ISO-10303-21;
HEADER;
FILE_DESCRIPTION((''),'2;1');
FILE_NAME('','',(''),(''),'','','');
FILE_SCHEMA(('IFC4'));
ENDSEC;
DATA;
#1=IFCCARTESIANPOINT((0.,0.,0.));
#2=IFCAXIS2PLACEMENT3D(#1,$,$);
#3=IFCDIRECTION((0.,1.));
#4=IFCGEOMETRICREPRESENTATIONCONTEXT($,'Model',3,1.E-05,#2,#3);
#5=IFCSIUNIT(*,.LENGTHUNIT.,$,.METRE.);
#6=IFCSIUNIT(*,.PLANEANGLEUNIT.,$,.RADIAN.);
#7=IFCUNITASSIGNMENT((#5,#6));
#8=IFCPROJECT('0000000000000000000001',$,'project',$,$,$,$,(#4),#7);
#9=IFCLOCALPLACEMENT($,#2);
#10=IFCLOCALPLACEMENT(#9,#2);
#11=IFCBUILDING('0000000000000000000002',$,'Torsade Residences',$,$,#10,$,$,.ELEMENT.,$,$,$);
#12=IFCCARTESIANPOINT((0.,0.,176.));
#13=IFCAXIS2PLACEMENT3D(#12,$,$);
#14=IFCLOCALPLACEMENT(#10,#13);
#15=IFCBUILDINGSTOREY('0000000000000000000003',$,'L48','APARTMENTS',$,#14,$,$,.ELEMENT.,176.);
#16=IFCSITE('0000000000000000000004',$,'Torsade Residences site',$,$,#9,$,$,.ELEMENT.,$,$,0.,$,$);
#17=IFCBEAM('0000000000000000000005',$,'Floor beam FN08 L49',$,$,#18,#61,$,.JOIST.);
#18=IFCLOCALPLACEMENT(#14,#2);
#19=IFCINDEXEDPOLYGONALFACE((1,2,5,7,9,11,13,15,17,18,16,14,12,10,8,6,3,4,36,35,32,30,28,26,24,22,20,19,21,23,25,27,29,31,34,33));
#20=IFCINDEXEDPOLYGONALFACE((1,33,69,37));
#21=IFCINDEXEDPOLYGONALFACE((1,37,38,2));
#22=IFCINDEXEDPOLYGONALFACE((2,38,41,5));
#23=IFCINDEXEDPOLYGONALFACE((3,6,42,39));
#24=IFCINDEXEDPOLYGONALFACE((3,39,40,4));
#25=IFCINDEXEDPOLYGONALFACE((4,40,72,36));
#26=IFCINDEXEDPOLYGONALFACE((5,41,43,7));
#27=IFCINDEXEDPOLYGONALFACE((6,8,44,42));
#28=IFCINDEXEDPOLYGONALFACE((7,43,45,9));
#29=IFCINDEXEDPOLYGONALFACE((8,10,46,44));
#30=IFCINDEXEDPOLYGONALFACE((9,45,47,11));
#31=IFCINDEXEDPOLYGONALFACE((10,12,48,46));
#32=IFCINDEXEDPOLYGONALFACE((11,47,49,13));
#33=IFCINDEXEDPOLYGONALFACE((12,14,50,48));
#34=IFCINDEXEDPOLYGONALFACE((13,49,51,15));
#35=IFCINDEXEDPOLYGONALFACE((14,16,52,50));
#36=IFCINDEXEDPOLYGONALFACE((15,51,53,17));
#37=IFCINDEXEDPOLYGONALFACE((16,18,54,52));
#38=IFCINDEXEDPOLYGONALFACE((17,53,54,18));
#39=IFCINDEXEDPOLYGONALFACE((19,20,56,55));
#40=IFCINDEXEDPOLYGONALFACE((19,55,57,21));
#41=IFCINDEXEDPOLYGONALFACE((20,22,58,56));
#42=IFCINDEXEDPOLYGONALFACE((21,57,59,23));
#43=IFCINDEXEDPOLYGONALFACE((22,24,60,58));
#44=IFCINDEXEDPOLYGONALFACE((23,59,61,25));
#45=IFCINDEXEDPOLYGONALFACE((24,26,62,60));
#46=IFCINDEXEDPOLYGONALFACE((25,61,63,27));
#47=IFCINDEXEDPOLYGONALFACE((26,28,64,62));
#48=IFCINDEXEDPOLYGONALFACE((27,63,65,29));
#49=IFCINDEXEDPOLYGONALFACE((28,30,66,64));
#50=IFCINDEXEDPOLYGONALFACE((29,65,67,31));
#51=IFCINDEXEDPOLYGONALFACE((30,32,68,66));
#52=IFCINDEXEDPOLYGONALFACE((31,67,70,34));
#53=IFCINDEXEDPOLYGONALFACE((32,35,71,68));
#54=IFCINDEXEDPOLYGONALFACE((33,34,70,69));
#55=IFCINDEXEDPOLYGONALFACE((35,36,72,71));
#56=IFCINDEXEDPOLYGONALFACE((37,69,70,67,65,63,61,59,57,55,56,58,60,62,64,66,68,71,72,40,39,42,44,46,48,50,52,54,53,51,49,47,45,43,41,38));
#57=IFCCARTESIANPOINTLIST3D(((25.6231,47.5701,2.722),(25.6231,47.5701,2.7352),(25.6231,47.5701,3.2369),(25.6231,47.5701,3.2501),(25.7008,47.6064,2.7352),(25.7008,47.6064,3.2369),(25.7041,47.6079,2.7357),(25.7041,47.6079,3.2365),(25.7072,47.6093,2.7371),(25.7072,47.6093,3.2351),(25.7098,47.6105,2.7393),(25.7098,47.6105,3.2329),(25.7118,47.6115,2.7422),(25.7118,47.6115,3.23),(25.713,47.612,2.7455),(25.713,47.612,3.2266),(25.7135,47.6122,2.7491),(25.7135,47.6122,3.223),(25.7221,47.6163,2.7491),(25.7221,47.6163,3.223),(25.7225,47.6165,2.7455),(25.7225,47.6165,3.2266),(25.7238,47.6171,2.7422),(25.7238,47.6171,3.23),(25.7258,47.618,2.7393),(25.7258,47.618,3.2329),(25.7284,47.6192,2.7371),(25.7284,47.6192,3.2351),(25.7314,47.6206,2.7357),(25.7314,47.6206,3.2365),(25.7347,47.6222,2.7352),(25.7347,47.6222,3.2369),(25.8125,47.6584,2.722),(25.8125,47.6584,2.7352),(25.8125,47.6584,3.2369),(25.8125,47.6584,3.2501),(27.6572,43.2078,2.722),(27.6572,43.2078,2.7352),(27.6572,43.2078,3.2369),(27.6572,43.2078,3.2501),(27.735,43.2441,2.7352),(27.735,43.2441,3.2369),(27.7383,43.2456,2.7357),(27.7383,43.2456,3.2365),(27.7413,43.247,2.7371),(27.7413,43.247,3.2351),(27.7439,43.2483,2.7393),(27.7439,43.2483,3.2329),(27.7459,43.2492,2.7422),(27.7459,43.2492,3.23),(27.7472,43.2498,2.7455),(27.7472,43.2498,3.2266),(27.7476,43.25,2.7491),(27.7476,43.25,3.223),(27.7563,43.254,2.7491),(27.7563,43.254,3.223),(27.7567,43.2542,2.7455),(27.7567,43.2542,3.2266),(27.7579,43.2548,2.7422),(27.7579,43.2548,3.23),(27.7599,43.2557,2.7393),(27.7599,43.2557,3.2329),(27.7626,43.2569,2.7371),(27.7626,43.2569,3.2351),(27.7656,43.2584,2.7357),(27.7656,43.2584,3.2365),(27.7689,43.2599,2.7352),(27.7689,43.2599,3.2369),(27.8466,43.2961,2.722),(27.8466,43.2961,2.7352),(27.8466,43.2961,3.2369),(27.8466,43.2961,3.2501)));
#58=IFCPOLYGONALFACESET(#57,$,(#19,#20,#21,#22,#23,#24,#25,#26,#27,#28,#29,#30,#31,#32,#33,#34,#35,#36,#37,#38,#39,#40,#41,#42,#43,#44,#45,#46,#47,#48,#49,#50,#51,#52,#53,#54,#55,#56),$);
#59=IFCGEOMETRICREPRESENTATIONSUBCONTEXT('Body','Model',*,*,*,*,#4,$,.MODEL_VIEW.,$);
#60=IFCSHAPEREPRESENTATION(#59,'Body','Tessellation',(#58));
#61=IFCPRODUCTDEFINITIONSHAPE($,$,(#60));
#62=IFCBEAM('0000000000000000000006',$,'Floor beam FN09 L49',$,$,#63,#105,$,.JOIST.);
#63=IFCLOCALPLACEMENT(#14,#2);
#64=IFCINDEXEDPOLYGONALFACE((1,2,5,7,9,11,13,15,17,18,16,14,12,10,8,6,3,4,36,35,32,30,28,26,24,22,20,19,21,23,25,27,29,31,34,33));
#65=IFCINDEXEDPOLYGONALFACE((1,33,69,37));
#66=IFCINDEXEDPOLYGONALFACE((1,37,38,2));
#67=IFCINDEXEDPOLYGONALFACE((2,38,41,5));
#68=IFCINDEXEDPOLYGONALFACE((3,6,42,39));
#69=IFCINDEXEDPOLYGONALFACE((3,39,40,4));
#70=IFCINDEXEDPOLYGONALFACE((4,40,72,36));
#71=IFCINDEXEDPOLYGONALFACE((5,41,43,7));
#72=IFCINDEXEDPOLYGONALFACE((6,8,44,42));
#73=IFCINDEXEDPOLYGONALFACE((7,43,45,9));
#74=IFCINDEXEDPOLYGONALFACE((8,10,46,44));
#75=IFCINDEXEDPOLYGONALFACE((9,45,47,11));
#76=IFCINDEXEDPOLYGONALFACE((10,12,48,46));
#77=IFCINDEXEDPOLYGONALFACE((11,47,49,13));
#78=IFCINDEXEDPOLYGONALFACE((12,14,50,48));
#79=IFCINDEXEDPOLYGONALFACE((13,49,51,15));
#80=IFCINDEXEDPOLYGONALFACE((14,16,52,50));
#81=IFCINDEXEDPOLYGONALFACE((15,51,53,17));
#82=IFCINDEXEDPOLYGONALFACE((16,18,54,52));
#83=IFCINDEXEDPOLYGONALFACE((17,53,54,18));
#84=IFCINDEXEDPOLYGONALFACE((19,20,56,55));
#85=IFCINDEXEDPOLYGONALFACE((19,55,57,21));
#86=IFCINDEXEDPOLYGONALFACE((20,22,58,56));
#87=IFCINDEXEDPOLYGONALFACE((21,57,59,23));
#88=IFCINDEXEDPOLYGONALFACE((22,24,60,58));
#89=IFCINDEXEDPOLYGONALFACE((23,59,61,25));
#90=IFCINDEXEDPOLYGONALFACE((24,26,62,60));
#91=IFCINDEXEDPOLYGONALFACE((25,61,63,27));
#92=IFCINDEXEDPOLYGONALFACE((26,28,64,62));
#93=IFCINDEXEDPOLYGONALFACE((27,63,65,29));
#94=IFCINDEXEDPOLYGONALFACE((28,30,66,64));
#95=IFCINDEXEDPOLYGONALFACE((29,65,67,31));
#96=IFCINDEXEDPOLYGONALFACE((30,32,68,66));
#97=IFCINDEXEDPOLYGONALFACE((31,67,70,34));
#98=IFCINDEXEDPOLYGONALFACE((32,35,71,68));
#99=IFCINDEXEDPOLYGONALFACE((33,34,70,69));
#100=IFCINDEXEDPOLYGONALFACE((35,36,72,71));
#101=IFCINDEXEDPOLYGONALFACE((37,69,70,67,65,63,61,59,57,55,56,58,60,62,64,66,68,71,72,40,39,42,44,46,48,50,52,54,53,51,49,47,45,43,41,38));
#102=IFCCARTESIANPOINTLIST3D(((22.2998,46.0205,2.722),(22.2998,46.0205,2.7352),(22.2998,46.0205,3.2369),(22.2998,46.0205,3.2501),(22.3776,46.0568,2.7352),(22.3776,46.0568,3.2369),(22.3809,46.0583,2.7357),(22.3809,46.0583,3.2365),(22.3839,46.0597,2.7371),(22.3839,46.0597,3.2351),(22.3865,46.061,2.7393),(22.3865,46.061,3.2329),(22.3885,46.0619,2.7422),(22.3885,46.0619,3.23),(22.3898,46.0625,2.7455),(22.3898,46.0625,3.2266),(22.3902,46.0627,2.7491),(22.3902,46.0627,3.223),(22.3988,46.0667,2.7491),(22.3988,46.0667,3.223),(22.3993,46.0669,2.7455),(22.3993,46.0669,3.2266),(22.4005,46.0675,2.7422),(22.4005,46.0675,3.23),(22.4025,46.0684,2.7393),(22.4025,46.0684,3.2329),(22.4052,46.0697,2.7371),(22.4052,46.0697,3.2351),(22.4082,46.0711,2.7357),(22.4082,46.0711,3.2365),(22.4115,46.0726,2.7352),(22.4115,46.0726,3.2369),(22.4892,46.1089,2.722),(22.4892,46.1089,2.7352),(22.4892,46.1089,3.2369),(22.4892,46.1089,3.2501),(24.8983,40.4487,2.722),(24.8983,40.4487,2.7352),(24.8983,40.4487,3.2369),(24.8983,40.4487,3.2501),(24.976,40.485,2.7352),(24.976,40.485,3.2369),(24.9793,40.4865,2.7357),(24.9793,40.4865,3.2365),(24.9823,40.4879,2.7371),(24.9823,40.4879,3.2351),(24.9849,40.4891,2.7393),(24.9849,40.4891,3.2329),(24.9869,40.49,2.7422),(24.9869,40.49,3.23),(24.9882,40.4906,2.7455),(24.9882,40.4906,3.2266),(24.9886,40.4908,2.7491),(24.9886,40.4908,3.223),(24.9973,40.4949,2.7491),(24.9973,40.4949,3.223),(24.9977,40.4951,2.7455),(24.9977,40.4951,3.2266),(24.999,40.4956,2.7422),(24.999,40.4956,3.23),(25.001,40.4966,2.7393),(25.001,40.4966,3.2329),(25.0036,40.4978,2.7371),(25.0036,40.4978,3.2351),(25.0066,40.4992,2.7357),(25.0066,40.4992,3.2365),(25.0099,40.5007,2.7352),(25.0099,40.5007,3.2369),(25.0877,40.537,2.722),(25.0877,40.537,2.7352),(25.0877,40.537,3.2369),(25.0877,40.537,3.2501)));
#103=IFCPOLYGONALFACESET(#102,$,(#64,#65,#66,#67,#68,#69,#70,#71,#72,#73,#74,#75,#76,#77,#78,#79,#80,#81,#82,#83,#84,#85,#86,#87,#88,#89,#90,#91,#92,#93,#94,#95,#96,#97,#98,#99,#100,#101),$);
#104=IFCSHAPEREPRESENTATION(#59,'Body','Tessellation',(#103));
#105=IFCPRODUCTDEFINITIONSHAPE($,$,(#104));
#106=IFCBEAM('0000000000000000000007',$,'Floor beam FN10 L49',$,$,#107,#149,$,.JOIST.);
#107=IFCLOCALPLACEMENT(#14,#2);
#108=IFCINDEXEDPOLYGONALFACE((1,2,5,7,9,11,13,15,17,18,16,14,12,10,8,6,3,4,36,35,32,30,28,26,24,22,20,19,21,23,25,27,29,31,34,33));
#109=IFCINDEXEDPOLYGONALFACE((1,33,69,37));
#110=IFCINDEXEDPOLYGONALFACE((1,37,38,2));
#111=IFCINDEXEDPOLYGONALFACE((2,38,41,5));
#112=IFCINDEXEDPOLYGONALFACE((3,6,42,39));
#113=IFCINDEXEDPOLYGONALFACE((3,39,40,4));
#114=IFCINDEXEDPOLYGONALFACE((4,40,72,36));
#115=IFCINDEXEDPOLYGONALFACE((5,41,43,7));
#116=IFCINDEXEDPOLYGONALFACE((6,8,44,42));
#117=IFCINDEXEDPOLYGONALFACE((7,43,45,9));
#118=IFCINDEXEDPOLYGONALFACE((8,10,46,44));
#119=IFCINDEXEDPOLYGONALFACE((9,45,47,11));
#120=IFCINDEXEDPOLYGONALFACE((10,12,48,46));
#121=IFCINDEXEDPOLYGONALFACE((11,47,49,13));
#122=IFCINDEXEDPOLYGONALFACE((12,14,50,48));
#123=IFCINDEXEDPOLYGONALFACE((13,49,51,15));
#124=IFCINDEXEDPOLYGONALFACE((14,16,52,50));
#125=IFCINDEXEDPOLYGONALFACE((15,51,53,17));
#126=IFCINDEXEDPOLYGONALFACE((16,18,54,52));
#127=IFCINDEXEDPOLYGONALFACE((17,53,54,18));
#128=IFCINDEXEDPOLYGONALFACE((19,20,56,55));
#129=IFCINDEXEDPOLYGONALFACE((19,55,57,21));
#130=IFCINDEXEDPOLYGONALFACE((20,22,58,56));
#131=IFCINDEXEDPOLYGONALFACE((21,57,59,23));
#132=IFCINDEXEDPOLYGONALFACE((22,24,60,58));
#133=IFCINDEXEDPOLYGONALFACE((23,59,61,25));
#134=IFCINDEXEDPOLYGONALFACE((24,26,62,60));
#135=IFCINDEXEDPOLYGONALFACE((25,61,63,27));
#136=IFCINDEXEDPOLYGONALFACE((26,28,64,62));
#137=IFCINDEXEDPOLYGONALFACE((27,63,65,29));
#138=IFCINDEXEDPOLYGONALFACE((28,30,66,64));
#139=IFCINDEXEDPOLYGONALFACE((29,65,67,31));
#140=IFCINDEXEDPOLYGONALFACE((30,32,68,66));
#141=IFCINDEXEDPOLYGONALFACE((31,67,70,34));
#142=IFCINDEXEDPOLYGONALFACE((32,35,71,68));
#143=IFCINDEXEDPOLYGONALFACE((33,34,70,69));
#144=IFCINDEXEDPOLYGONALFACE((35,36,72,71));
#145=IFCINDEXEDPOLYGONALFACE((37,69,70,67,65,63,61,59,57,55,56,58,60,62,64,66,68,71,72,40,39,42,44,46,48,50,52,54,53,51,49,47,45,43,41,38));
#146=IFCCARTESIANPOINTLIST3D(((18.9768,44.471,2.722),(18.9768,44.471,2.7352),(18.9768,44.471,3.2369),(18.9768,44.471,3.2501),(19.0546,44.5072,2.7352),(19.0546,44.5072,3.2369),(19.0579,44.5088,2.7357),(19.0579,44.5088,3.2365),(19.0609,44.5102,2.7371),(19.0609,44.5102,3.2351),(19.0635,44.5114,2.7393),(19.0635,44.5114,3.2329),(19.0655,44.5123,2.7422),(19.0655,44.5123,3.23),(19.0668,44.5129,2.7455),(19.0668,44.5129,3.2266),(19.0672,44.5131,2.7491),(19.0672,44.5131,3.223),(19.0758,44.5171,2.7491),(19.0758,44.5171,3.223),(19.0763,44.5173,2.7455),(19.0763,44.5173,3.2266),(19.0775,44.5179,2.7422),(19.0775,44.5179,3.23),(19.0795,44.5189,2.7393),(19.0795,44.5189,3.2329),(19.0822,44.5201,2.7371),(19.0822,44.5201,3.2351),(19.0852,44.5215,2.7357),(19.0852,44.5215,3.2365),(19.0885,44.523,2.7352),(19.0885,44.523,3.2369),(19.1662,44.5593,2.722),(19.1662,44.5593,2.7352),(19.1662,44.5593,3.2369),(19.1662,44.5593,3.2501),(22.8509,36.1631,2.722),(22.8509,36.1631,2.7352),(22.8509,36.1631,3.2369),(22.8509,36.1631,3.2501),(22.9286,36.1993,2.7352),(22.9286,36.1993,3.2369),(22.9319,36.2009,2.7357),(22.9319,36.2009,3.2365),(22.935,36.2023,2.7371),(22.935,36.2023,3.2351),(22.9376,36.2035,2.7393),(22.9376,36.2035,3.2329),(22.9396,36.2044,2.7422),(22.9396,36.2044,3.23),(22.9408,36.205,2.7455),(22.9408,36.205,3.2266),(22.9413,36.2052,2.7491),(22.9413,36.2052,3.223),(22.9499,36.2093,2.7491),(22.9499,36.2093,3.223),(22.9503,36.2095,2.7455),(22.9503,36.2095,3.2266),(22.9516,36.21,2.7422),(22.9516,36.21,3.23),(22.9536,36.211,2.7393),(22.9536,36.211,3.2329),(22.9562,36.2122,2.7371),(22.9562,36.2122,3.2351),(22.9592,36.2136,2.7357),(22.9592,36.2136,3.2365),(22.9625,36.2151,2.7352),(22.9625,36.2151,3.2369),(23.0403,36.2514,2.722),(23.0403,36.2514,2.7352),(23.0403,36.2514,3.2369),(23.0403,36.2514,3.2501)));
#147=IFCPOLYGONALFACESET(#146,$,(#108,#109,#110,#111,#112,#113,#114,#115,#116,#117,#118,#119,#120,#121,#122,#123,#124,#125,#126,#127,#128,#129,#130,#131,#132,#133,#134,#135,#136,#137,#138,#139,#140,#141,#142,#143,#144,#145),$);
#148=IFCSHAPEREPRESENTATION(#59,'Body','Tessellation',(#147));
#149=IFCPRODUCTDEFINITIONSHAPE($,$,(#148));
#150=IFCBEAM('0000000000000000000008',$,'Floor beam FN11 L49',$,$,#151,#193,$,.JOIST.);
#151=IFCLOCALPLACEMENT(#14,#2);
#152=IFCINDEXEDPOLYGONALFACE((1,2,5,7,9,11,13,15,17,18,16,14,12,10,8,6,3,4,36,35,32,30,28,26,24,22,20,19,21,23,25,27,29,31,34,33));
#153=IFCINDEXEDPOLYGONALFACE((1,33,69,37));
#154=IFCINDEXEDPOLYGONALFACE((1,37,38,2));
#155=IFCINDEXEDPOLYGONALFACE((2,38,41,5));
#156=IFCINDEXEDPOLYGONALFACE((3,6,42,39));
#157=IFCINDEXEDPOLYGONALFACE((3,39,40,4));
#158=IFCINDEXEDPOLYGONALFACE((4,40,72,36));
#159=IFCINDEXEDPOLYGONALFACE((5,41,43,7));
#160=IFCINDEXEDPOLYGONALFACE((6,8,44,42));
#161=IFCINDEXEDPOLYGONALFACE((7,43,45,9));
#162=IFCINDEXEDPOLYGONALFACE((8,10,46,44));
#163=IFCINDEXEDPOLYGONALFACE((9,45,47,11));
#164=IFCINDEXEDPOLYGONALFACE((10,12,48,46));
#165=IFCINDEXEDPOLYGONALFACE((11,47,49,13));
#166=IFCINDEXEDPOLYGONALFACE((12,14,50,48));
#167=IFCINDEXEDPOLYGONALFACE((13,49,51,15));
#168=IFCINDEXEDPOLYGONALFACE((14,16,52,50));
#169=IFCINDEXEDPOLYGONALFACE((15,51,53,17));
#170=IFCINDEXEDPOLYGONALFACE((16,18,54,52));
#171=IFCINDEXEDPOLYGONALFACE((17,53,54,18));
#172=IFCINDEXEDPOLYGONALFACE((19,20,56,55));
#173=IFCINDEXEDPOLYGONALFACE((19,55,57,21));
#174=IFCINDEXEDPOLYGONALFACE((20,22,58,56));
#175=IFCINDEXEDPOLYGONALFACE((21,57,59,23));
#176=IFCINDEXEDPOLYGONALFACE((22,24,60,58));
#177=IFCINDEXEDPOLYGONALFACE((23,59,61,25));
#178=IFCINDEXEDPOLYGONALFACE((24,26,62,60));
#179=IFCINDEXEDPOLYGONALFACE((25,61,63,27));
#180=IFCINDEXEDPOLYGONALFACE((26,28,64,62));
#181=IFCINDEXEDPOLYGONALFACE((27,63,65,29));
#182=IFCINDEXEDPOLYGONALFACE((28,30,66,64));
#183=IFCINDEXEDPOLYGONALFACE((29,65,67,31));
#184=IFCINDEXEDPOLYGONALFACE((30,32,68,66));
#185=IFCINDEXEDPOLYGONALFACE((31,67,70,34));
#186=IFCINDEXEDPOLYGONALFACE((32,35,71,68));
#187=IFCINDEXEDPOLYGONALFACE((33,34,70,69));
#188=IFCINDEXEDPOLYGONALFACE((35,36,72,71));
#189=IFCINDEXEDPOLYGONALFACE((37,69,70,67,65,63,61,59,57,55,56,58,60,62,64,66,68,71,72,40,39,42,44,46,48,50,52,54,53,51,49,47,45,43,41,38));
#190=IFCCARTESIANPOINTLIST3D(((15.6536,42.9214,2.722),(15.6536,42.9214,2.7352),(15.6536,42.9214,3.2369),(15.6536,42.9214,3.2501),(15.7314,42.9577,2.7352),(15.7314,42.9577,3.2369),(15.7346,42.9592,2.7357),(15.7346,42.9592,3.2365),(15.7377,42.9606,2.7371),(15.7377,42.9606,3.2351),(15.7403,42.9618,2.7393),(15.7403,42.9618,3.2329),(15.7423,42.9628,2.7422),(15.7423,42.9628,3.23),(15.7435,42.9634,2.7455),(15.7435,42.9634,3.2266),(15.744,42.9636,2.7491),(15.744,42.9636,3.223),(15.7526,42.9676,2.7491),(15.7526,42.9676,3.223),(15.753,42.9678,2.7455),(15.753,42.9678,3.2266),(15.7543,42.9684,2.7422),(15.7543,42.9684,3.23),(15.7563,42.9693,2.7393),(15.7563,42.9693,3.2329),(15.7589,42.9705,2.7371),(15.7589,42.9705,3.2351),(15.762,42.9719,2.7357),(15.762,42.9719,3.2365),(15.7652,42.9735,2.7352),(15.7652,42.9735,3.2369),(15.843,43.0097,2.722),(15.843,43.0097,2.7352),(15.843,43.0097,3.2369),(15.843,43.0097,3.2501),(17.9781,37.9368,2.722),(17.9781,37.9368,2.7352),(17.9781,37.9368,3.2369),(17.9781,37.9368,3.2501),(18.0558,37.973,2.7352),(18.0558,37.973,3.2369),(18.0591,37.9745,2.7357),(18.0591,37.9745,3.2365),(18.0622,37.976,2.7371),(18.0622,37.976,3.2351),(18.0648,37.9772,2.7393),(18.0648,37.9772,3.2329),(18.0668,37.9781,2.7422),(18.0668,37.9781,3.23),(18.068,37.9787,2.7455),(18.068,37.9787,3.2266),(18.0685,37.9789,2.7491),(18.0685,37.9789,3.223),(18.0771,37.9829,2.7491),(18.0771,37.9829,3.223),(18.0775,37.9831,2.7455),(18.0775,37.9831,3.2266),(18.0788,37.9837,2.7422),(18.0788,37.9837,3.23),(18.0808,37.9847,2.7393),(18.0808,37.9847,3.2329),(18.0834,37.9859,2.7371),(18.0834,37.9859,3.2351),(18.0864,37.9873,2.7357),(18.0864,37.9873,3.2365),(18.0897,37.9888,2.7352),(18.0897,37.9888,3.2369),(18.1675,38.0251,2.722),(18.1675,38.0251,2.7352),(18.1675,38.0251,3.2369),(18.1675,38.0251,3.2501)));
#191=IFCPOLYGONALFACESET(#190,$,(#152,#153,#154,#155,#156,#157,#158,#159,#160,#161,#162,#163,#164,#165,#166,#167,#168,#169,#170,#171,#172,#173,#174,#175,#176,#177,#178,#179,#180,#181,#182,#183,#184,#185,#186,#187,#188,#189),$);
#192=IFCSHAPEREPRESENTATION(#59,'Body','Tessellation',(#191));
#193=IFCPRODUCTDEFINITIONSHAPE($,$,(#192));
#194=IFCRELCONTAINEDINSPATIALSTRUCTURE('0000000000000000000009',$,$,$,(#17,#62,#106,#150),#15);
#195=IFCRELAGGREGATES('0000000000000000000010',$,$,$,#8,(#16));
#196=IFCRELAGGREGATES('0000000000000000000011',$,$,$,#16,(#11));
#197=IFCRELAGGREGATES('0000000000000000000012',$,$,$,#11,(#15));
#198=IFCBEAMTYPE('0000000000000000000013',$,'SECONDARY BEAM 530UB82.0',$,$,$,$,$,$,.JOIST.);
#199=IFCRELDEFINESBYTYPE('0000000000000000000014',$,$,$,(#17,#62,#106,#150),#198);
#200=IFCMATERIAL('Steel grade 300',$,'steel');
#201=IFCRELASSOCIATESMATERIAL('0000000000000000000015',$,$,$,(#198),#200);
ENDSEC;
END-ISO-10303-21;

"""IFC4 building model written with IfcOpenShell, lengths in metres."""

from ifc_helpers import new_model, si_unit, direction, frame, origin, origin_2d, place, context, subcontext, project, spatial, i_section, extrude, material, material_profile, profile_set, type_object, element, save


model = new_model("IFC4")

# Units and contexts
model_context = context("Model", 3, precision=1e-05, world=origin(), true_north=direction((0.0, 1.0)))
body_context = subcontext(model_context, "Body", "Model", "MODEL_VIEW")
ifc_project = project(units=[si_unit("LENGTHUNIT", "METRE"), si_unit("PLANEANGLEUNIT", "RADIAN")], contexts=[model_context])

# Site, building, storey
site_placement = place(None, origin())
site = spatial("IfcSite", under=ifc_project, at=site_placement, Name="Torsade Residences site", CompositionType="ELEMENT", RefElevation=0.0)
building_placement = place(site_placement, origin())
building = spatial("IfcBuilding", under=site, at=building_placement, Name="Torsade Residences", CompositionType="ELEMENT")
storey_placement = place(building_placement, frame((0.0, 0.0, 176.0)))
storey = spatial("IfcBuildingStorey", under=building, at=storey_placement, Name="L48", Description="APARTMENTS", CompositionType="ELEMENT", Elevation=176.0)

# Beams
ifc_material_1 = material(Name="Steel grade 300", Category="steel")
ifc_material_profile_1 = material_profile(ifc_material_1, i_section(OverallWidth=0.209, OverallDepth=0.5281, WebThickness=0.0095, FlangeThickness=0.0132, FilletRadius=0.0139, at=origin_2d()), Name="530UB82.0")
ifc_profile_set_1 = profile_set([ifc_material_profile_1], Name="Steel grade 300")
beam_type_1 = type_object("IfcBeamType", Name="SECONDARY BEAM 530UB82.0", PredefinedType="JOIST", material=ifc_profile_set_1)
beam_1_placement = place(storey_placement, frame((25.7178, 47.6143, 2.9861), z_axis=(0.422619, -0.906308, 0.0), x_axis=(0.906308, 0.422619, 0.0)))
element("IfcBeam", 1, at=beam_1_placement, inside=storey, type_object=beam_type_1, Name="Floor beam FN08 L49", PredefinedType="JOIST", context=body_context, shape_type="SweptSolid", body=[
    extrude(i_section(OverallWidth=0.209, OverallDepth=0.5281, WebThickness=0.0095, FlangeThickness=0.0132, FilletRadius=0.0139, at=origin_2d()), origin(), (0.0, 0.0, 1.0), 4.8132),
])
beam_2_placement = place(storey_placement, frame((22.3945, 46.0647, 2.9861), z_axis=(0.422648, -0.906294, 0.0), x_axis=(0.906294, 0.422648, 0.0)))
element("IfcBeam", 2, at=beam_2_placement, inside=storey, type_object=beam_type_1, Name="Floor beam FN09 L49", PredefinedType="JOIST", context=body_context, shape_type="SweptSolid", body=[
    extrude(i_section(OverallWidth=0.209, OverallDepth=0.5281, WebThickness=0.0095, FlangeThickness=0.0132, FilletRadius=0.0139, at=origin_2d()), origin(), (0.0, 0.0, 1.0), 6.1479),
])
beam_3_placement = place(storey_placement, frame((19.0715, 44.5151, 2.9861), z_axis=(0.422619, -0.906308, 0.0), x_axis=(0.906308, 0.422619, 0.0)))
element("IfcBeam", 3, at=beam_3_placement, inside=storey, type_object=beam_type_1, Name="Floor beam FN10 L49", PredefinedType="JOIST", context=body_context, shape_type="SweptSolid", body=[
    extrude(i_section(OverallWidth=0.209, OverallDepth=0.5281, WebThickness=0.0095, FlangeThickness=0.0132, FilletRadius=0.0139, at=origin_2d()), origin(), (0.0, 0.0, 1.0), 9.1667),
])
beam_4_placement = place(storey_placement, frame((15.7483, 42.9656, 2.9861), z_axis=(0.422633, -0.906301, 0.0), x_axis=(0.906301, 0.422633, 0.0)))
element("IfcBeam", 4, at=beam_4_placement, inside=storey, type_object=beam_type_1, Name="Floor beam FN11 L49", PredefinedType="JOIST", context=body_context, shape_type="SweptSolid", body=[
    extrude(i_section(OverallWidth=0.209, OverallDepth=0.5281, WebThickness=0.0095, FlangeThickness=0.0132, FilletRadius=0.0139, at=origin_2d()), origin(), (0.0, 0.0, 1.0), 5.5),
])

save(model, "model.ifc")
